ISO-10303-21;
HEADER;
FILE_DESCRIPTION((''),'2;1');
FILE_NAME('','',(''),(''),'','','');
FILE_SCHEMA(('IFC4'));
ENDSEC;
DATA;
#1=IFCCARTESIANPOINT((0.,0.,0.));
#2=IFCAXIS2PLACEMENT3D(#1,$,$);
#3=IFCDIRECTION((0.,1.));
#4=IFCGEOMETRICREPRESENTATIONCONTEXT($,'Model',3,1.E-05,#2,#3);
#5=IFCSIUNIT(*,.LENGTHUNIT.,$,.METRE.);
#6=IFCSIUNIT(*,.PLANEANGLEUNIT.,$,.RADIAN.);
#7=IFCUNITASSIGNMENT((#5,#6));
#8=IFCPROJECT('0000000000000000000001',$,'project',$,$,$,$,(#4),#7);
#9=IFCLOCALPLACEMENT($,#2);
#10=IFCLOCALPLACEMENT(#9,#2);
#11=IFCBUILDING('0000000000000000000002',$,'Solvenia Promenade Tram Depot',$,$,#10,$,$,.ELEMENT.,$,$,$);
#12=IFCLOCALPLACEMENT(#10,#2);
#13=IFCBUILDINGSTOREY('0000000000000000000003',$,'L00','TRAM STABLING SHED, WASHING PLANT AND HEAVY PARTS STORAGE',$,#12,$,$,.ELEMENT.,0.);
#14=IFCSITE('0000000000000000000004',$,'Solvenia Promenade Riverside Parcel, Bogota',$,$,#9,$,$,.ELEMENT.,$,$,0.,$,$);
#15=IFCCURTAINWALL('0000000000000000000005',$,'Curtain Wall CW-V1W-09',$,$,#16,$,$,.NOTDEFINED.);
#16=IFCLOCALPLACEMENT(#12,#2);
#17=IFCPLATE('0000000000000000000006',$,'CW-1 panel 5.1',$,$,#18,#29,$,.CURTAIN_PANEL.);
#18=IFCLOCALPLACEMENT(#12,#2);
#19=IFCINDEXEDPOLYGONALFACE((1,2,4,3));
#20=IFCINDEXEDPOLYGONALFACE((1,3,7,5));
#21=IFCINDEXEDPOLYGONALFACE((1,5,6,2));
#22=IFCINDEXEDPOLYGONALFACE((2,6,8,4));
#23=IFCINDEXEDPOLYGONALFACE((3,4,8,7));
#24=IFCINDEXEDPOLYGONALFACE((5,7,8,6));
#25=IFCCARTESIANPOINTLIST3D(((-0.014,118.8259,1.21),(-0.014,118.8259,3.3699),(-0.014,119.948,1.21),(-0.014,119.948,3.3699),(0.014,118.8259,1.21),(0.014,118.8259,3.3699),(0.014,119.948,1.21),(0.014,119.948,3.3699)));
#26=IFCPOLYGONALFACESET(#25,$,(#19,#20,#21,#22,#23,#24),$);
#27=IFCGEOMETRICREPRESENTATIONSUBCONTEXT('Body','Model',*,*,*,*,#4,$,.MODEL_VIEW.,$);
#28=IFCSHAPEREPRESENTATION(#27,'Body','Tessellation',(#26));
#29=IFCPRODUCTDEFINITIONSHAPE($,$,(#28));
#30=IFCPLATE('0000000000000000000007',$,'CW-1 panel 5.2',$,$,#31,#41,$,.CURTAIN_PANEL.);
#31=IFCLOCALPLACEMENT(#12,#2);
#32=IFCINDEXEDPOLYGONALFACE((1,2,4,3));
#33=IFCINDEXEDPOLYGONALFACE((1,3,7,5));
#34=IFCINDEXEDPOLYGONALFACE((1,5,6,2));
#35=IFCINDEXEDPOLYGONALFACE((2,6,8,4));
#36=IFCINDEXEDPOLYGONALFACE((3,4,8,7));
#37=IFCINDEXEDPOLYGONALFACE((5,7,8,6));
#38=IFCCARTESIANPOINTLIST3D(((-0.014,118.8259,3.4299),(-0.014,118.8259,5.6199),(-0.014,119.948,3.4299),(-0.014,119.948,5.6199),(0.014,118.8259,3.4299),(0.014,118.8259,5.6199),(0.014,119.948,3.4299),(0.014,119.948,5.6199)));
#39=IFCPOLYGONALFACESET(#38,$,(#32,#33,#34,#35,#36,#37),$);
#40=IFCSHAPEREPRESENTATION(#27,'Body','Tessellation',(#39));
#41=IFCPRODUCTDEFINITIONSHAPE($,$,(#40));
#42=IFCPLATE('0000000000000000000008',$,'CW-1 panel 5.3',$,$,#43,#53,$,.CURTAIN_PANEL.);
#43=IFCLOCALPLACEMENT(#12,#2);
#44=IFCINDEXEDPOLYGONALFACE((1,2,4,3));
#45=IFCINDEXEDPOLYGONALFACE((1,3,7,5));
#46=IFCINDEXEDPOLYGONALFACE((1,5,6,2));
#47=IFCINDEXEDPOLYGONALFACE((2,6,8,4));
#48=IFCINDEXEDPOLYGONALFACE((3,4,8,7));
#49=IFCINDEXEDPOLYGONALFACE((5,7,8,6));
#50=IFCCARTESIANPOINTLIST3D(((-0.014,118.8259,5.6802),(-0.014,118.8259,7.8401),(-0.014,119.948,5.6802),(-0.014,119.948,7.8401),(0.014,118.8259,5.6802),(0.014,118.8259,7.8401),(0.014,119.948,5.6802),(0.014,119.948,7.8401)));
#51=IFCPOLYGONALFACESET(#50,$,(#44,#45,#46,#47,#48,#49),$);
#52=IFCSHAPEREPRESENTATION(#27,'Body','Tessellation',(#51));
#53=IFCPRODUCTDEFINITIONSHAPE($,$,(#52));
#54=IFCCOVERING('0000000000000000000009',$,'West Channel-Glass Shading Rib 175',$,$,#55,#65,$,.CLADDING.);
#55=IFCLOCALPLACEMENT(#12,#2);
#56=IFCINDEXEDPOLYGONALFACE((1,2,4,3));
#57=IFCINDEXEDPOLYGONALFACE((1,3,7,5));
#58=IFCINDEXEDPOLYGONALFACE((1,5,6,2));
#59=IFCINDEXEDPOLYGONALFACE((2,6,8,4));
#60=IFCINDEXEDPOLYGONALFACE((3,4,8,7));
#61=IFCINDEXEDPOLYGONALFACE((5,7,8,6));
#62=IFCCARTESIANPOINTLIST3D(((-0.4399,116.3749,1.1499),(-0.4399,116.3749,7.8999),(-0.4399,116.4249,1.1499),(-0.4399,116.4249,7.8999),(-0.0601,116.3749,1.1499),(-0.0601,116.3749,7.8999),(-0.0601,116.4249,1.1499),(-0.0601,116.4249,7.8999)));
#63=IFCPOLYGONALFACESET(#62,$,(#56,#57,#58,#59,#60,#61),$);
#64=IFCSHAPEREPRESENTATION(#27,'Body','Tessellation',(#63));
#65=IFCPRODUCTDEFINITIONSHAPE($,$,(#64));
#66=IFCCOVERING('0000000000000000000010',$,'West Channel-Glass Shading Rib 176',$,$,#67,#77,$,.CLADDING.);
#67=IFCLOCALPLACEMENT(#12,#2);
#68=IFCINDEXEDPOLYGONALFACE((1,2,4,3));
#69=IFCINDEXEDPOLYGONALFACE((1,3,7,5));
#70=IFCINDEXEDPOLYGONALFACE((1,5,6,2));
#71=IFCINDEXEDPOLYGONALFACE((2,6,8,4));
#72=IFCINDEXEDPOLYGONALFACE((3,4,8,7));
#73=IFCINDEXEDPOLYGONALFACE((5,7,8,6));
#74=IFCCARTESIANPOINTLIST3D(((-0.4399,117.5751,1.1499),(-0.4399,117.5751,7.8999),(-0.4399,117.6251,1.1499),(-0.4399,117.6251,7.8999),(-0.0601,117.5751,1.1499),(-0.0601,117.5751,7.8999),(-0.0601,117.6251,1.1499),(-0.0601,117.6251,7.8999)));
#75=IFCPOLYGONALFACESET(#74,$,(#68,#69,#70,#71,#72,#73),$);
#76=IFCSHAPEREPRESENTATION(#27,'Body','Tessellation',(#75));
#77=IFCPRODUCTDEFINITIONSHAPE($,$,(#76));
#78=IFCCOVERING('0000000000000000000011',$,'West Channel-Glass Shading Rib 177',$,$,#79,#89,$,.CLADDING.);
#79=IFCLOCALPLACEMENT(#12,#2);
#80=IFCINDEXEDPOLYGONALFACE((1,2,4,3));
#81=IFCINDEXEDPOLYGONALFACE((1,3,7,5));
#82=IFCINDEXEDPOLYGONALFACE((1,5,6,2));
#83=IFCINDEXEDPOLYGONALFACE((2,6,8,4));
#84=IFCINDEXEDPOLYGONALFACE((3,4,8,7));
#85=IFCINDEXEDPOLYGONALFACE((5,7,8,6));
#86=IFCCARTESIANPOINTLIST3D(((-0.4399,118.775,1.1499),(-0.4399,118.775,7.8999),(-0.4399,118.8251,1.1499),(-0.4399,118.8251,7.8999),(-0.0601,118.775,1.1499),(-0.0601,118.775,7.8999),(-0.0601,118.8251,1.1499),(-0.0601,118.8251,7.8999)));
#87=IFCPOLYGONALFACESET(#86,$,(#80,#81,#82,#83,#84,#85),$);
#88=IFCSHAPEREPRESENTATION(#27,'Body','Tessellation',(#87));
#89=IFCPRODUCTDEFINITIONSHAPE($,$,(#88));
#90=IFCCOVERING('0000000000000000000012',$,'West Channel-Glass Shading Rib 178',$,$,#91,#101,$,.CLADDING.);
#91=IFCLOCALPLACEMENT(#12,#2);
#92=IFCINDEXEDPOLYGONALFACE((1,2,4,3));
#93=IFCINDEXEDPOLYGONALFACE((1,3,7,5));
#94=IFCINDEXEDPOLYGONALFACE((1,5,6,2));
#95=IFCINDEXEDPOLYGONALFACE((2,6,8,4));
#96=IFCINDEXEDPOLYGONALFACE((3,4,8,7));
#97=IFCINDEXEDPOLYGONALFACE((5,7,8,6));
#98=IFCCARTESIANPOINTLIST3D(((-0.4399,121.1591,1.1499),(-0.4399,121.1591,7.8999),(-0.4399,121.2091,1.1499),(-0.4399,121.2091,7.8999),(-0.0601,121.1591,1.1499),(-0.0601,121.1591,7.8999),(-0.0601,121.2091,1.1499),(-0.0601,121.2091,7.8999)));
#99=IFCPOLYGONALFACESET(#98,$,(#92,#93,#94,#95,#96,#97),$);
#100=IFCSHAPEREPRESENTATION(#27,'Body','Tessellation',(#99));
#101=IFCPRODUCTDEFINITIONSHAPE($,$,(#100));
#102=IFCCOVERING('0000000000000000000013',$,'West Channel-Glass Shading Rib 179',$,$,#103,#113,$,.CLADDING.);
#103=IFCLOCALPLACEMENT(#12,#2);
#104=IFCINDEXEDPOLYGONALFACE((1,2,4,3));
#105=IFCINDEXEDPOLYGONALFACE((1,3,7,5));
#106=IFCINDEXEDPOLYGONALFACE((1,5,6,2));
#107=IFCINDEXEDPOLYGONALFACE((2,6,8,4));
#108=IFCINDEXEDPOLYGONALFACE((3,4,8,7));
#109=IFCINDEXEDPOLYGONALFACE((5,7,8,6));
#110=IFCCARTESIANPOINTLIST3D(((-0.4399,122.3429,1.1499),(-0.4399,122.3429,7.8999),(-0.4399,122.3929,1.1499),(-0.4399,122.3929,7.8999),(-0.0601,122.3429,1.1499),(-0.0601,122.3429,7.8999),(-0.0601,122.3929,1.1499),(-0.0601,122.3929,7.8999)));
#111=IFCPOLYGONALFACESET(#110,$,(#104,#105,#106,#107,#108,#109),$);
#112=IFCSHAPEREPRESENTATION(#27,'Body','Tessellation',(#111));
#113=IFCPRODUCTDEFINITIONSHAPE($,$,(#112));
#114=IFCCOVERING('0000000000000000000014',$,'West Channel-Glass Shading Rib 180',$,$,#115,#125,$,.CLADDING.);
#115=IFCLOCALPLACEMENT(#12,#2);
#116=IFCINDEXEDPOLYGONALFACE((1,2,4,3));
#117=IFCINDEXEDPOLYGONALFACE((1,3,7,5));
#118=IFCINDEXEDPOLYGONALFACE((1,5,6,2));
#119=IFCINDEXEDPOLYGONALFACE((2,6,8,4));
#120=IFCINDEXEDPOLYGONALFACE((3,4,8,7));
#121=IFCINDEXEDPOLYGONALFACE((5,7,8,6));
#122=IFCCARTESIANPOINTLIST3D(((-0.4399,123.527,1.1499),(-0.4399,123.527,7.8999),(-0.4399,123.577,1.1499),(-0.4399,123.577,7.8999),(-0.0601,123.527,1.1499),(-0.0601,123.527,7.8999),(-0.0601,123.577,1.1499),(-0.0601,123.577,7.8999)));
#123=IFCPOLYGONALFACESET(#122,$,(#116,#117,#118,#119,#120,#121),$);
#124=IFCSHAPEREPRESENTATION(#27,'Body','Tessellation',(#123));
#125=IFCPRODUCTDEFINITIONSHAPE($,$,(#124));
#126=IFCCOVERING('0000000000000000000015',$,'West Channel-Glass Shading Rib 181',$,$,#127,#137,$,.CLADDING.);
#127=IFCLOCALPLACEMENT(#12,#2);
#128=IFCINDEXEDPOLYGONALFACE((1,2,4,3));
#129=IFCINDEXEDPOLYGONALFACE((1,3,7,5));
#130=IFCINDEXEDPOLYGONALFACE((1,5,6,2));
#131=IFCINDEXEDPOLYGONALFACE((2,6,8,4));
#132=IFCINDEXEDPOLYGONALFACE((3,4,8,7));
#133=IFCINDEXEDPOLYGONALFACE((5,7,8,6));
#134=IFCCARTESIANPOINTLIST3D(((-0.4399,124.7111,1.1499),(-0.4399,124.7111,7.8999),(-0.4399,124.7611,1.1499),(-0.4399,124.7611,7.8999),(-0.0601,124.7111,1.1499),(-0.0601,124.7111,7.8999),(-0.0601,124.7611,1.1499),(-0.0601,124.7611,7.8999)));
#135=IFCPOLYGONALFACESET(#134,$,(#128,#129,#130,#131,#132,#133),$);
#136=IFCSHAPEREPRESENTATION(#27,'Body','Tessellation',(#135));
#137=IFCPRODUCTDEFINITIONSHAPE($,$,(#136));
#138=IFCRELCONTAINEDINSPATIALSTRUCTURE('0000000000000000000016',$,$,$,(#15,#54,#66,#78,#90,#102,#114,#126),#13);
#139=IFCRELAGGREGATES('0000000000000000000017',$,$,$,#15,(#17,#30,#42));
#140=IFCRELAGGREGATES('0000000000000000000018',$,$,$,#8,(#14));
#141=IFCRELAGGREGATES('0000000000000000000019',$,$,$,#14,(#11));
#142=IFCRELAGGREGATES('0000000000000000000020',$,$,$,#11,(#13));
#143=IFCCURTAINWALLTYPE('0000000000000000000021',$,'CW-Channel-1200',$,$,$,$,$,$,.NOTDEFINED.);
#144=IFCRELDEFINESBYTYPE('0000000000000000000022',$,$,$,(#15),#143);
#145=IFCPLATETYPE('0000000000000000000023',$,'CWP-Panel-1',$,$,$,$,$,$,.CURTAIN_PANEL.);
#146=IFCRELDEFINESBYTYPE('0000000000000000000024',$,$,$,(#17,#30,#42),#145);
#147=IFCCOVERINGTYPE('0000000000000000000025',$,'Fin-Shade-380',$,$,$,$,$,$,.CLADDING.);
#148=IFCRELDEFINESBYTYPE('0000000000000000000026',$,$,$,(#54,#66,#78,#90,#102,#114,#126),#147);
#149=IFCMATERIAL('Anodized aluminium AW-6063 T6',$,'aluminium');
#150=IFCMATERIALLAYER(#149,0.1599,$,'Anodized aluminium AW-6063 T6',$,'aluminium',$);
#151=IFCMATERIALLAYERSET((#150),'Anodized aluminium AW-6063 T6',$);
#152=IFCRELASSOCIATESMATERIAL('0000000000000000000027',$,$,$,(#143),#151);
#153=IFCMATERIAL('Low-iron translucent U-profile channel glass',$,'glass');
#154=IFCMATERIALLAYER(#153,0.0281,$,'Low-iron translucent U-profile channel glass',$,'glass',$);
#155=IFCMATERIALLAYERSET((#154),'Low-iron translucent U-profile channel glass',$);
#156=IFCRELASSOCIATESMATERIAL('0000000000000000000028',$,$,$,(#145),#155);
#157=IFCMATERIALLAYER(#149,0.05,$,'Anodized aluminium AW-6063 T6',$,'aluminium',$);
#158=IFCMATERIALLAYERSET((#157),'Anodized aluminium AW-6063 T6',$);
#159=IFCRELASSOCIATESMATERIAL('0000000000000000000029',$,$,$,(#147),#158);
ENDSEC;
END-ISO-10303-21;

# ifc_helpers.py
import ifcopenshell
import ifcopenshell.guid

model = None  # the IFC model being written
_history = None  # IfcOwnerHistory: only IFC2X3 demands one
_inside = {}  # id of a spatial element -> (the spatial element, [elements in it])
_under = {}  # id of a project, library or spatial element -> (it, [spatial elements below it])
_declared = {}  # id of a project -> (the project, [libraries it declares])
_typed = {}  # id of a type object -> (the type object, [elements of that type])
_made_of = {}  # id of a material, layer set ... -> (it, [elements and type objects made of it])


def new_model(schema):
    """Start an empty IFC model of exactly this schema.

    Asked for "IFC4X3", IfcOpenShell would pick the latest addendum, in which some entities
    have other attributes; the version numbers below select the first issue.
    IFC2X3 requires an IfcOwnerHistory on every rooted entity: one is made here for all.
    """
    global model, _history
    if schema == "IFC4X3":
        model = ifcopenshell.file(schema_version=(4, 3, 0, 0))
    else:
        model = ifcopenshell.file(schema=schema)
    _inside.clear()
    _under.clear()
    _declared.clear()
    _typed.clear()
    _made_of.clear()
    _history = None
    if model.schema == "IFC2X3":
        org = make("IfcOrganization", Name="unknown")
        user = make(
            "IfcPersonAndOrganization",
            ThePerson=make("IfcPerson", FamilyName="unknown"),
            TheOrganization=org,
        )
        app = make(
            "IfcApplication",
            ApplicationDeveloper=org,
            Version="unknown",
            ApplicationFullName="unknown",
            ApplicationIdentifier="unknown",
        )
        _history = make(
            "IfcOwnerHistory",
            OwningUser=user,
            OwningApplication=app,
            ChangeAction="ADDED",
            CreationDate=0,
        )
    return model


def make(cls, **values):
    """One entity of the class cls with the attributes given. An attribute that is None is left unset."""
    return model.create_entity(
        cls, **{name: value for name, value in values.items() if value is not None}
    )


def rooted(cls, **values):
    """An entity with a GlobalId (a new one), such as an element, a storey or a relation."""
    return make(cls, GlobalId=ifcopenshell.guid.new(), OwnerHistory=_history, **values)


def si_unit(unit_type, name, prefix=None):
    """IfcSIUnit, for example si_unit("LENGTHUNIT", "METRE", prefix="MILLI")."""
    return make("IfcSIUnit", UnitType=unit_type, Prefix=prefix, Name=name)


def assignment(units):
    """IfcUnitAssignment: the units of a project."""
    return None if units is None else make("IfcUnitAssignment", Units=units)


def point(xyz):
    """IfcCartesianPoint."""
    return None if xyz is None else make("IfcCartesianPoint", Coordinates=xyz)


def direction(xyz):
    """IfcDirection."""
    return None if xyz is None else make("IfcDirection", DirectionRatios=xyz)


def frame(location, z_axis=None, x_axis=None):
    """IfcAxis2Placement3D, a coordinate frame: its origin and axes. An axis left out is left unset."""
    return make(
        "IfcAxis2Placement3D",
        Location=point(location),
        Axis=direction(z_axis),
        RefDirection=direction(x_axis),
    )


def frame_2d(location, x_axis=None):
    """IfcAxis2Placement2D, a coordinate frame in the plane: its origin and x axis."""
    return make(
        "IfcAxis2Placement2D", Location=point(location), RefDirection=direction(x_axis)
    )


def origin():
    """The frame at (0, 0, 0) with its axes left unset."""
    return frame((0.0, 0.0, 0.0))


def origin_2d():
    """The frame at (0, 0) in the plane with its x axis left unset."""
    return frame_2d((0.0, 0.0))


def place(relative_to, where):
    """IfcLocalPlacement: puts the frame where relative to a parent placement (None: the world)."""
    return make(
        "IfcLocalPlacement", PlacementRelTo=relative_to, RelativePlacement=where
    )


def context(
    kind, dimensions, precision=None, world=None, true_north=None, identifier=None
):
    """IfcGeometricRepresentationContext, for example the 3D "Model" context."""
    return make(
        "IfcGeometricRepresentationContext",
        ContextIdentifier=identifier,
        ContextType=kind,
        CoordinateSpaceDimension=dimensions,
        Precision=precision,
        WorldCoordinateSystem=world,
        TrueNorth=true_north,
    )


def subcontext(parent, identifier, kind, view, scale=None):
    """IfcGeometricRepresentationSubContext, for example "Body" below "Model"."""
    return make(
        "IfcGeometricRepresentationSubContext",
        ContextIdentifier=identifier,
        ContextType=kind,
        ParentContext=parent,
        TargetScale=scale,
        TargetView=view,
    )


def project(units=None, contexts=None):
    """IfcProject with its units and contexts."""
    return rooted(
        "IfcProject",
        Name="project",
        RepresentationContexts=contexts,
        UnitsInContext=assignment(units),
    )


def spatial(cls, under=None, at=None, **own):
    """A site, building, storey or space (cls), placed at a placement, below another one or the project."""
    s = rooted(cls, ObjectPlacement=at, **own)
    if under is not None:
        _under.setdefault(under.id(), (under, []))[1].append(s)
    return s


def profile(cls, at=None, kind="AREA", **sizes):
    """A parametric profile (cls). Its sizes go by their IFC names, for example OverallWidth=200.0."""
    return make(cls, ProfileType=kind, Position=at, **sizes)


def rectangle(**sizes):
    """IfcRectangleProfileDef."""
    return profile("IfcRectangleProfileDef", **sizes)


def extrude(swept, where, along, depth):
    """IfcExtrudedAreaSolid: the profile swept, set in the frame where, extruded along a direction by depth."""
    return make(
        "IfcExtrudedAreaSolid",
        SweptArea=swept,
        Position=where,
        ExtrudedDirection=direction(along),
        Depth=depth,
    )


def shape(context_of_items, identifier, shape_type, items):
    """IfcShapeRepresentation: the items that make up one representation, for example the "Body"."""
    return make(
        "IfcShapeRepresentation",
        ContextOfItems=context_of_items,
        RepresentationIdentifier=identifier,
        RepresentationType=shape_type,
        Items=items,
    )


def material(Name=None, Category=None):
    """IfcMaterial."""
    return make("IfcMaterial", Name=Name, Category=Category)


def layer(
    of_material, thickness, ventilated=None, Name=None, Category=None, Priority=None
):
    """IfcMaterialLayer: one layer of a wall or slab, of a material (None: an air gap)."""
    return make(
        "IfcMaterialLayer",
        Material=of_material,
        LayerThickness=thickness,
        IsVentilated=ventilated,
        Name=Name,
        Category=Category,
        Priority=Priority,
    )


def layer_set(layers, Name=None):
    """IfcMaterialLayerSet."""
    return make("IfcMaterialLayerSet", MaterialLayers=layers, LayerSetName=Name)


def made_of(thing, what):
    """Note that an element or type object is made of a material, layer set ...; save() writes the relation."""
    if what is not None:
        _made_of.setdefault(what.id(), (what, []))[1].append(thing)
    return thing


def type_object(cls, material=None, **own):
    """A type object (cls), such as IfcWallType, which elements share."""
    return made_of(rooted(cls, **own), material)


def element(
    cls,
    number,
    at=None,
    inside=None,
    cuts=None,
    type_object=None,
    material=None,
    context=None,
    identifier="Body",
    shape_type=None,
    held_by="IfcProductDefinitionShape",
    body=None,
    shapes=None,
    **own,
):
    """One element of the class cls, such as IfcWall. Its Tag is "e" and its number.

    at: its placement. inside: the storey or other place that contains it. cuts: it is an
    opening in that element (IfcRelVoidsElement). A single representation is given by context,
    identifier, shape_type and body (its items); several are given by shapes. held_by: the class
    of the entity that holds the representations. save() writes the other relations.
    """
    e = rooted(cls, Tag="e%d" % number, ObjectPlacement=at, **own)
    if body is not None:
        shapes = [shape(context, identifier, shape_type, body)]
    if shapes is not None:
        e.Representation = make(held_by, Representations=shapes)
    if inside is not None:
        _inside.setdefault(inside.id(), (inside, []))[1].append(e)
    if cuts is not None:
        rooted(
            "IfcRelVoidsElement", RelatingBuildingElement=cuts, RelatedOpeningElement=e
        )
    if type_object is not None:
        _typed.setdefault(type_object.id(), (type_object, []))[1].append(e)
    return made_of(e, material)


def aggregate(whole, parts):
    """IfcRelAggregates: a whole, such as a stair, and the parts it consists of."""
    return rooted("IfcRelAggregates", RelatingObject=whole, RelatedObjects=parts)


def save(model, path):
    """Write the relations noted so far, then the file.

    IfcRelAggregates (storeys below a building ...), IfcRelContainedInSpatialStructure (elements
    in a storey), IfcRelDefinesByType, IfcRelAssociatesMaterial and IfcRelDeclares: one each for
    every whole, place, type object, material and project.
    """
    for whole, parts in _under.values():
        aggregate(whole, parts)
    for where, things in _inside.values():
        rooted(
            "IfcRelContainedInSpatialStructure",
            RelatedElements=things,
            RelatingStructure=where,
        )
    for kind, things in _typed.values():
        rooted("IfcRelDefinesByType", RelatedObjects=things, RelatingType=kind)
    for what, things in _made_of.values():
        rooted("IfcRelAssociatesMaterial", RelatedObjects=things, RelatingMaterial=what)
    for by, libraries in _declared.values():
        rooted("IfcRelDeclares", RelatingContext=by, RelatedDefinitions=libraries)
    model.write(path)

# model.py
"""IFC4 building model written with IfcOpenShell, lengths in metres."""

from ifc_helpers import new_model, si_unit, direction, frame, origin, origin_2d, place, context, subcontext, project, spatial, rectangle, extrude, material, layer, layer_set, type_object, element, aggregate, save


model = new_model("IFC4")

# Units and contexts
model_context = context("Model", 3, precision=1e-05, world=origin(), true_north=direction((0.0, 1.0)))
body_context = subcontext(model_context, "Body", "Model", "MODEL_VIEW")
ifc_project = project(units=[si_unit("LENGTHUNIT", "METRE"), si_unit("PLANEANGLEUNIT", "RADIAN")], contexts=[model_context])

# Site, building, storey
site_placement = place(None, origin())
site = spatial("IfcSite", under=ifc_project, at=site_placement, Name="Solvenia Promenade Riverside Parcel, Bogota", CompositionType="ELEMENT", RefElevation=0.0)
building_placement = place(site_placement, origin())
building = spatial("IfcBuilding", under=site, at=building_placement, Name="Solvenia Promenade Tram Depot", CompositionType="ELEMENT")
storey_placement = place(building_placement, origin())
storey = spatial("IfcBuildingStorey", under=building, at=storey_placement, Name="L00", Description="TRAM STABLING SHED, WASHING PLANT AND HEAVY PARTS STORAGE", CompositionType="ELEMENT", Elevation=0.0)

# Curtain wall, plates
ifc_material_1 = material(Name="Anodized aluminium AW-6063 T6", Category="aluminium")
ifc_layer_1 = layer(ifc_material_1, 0.1599, Name="Anodized aluminium AW-6063 T6", Category="aluminium")
ifc_layer_set_1 = layer_set([ifc_layer_1], Name="Anodized aluminium AW-6063 T6")
curtain_wall_type = type_object("IfcCurtainWallType", Name="CW-Channel-1200", PredefinedType="NOTDEFINED", material=ifc_layer_set_1)
curtain_wall_placement = place(storey_placement, origin())
curtain_wall = element("IfcCurtainWall", 1, at=curtain_wall_placement, inside=storey, type_object=curtain_wall_type, Name="Curtain Wall CW-V1W-09", PredefinedType="NOTDEFINED")
ifc_material_2 = material(Name="Low-iron translucent U-profile channel glass", Category="glass")
ifc_layer_2 = layer(ifc_material_2, 0.0281, Name="Low-iron translucent U-profile channel glass", Category="glass")
ifc_layer_set_2 = layer_set([ifc_layer_2], Name="Low-iron translucent U-profile channel glass")
plate_type = type_object("IfcPlateType", Name="CWP-Panel-1", PredefinedType="CURTAIN_PANEL", material=ifc_layer_set_2)
plate_1_placement = place(storey_placement, frame((0.0, 119.387, 1.21), z_axis=(0.0, 0.0, 1.0), x_axis=(0.0, 1.0, 0.0)))
plate_1 = element("IfcPlate", 2, at=plate_1_placement, type_object=plate_type, Name="CW-1 panel 5.1", PredefinedType="CURTAIN_PANEL", context=body_context, shape_type="SweptSolid", body=[
    extrude(rectangle(XDim=1.1221, YDim=0.0281, at=origin_2d()), origin(), (0.0, 0.0, 1.0), 2.1599),
])
plate_2_placement = place(storey_placement, frame((0.0, 119.387, 3.4299), z_axis=(0.0, 0.0, 1.0), x_axis=(0.0, 1.0, 0.0)))
plate_2 = element("IfcPlate", 3, at=plate_2_placement, type_object=plate_type, Name="CW-1 panel 5.2", PredefinedType="CURTAIN_PANEL", context=body_context, shape_type="SweptSolid", body=[
    extrude(rectangle(XDim=1.1221, YDim=0.0281, at=origin_2d()), origin(), (0.0, 0.0, 1.0), 2.1899),
])
plate_3_placement = place(storey_placement, frame((0.0, 119.387, 5.6802), z_axis=(0.0, 0.0, 1.0), x_axis=(0.0, 1.0, 0.0)))
plate_3 = element("IfcPlate", 4, at=plate_3_placement, type_object=plate_type, Name="CW-1 panel 5.3", PredefinedType="CURTAIN_PANEL", context=body_context, shape_type="SweptSolid", body=[
    extrude(rectangle(XDim=1.1221, YDim=0.0281, at=origin_2d()), origin(), (0.0, 0.0, 1.0), 2.1599),
])
aggregate(curtain_wall, [plate_1, plate_2, plate_3])

# Coverings
ifc_layer_3 = layer(ifc_material_1, 0.05, Name="Anodized aluminium AW-6063 T6", Category="aluminium")
ifc_layer_set_3 = layer_set([ifc_layer_3], Name="Anodized aluminium AW-6063 T6")
covering_type = type_object("IfcCoveringType", Name="Fin-Shade-380", PredefinedType="CLADDING", material=ifc_layer_set_3)
for number, where, z_axis, x_axis, name in (
    (5, (-0.25, 116.3999, 1.1499), (0.0, 0.0, 1.0), (1.0, 0.0, 0.0), "West Channel-Glass Shading Rib 175"),
    (6, (-0.25, 117.6001, 1.1499), (0.0, 0.0, 1.0), (1.0, 0.0, 0.0), "West Channel-Glass Shading Rib 176"),
    (7, (-0.25, 118.8, 1.1499), (0.0, 0.0, 1.0), (1.0, 0.0, 0.0), "West Channel-Glass Shading Rib 177"),
    (8, (-0.25, 121.1841, 1.1499), (0.0, 0.0, 1.0), (1.0, 0.0, 0.0), "West Channel-Glass Shading Rib 178"),
    (9, (-0.25, 122.3679, 1.1499), (0.0, 0.0, 1.0), (1.0, 0.0, 0.0), "West Channel-Glass Shading Rib 179"),
    (10, (-0.25, 123.552, 1.1499), (0.0, 0.0, 1.0), (1.0, 0.0, 0.0), "West Channel-Glass Shading Rib 180"),
    (11, (-0.25, 124.7361, 1.1499), (0.0, 0.0, 1.0), (1.0, 0.0, 0.0), "West Channel-Glass Shading Rib 181"),
):
    element("IfcCovering", number, at=place(storey_placement, frame(where, z_axis=z_axis, x_axis=x_axis)), inside=storey, type_object=covering_type, Name=name, PredefinedType="CLADDING", context=body_context, shape_type="SweptSolid", body=[
        extrude(rectangle(XDim=0.3799, YDim=0.05, at=origin_2d()), origin(), (0.0, 0.0, 1.0), 6.75),
    ])

save(model, "model.ifc")
